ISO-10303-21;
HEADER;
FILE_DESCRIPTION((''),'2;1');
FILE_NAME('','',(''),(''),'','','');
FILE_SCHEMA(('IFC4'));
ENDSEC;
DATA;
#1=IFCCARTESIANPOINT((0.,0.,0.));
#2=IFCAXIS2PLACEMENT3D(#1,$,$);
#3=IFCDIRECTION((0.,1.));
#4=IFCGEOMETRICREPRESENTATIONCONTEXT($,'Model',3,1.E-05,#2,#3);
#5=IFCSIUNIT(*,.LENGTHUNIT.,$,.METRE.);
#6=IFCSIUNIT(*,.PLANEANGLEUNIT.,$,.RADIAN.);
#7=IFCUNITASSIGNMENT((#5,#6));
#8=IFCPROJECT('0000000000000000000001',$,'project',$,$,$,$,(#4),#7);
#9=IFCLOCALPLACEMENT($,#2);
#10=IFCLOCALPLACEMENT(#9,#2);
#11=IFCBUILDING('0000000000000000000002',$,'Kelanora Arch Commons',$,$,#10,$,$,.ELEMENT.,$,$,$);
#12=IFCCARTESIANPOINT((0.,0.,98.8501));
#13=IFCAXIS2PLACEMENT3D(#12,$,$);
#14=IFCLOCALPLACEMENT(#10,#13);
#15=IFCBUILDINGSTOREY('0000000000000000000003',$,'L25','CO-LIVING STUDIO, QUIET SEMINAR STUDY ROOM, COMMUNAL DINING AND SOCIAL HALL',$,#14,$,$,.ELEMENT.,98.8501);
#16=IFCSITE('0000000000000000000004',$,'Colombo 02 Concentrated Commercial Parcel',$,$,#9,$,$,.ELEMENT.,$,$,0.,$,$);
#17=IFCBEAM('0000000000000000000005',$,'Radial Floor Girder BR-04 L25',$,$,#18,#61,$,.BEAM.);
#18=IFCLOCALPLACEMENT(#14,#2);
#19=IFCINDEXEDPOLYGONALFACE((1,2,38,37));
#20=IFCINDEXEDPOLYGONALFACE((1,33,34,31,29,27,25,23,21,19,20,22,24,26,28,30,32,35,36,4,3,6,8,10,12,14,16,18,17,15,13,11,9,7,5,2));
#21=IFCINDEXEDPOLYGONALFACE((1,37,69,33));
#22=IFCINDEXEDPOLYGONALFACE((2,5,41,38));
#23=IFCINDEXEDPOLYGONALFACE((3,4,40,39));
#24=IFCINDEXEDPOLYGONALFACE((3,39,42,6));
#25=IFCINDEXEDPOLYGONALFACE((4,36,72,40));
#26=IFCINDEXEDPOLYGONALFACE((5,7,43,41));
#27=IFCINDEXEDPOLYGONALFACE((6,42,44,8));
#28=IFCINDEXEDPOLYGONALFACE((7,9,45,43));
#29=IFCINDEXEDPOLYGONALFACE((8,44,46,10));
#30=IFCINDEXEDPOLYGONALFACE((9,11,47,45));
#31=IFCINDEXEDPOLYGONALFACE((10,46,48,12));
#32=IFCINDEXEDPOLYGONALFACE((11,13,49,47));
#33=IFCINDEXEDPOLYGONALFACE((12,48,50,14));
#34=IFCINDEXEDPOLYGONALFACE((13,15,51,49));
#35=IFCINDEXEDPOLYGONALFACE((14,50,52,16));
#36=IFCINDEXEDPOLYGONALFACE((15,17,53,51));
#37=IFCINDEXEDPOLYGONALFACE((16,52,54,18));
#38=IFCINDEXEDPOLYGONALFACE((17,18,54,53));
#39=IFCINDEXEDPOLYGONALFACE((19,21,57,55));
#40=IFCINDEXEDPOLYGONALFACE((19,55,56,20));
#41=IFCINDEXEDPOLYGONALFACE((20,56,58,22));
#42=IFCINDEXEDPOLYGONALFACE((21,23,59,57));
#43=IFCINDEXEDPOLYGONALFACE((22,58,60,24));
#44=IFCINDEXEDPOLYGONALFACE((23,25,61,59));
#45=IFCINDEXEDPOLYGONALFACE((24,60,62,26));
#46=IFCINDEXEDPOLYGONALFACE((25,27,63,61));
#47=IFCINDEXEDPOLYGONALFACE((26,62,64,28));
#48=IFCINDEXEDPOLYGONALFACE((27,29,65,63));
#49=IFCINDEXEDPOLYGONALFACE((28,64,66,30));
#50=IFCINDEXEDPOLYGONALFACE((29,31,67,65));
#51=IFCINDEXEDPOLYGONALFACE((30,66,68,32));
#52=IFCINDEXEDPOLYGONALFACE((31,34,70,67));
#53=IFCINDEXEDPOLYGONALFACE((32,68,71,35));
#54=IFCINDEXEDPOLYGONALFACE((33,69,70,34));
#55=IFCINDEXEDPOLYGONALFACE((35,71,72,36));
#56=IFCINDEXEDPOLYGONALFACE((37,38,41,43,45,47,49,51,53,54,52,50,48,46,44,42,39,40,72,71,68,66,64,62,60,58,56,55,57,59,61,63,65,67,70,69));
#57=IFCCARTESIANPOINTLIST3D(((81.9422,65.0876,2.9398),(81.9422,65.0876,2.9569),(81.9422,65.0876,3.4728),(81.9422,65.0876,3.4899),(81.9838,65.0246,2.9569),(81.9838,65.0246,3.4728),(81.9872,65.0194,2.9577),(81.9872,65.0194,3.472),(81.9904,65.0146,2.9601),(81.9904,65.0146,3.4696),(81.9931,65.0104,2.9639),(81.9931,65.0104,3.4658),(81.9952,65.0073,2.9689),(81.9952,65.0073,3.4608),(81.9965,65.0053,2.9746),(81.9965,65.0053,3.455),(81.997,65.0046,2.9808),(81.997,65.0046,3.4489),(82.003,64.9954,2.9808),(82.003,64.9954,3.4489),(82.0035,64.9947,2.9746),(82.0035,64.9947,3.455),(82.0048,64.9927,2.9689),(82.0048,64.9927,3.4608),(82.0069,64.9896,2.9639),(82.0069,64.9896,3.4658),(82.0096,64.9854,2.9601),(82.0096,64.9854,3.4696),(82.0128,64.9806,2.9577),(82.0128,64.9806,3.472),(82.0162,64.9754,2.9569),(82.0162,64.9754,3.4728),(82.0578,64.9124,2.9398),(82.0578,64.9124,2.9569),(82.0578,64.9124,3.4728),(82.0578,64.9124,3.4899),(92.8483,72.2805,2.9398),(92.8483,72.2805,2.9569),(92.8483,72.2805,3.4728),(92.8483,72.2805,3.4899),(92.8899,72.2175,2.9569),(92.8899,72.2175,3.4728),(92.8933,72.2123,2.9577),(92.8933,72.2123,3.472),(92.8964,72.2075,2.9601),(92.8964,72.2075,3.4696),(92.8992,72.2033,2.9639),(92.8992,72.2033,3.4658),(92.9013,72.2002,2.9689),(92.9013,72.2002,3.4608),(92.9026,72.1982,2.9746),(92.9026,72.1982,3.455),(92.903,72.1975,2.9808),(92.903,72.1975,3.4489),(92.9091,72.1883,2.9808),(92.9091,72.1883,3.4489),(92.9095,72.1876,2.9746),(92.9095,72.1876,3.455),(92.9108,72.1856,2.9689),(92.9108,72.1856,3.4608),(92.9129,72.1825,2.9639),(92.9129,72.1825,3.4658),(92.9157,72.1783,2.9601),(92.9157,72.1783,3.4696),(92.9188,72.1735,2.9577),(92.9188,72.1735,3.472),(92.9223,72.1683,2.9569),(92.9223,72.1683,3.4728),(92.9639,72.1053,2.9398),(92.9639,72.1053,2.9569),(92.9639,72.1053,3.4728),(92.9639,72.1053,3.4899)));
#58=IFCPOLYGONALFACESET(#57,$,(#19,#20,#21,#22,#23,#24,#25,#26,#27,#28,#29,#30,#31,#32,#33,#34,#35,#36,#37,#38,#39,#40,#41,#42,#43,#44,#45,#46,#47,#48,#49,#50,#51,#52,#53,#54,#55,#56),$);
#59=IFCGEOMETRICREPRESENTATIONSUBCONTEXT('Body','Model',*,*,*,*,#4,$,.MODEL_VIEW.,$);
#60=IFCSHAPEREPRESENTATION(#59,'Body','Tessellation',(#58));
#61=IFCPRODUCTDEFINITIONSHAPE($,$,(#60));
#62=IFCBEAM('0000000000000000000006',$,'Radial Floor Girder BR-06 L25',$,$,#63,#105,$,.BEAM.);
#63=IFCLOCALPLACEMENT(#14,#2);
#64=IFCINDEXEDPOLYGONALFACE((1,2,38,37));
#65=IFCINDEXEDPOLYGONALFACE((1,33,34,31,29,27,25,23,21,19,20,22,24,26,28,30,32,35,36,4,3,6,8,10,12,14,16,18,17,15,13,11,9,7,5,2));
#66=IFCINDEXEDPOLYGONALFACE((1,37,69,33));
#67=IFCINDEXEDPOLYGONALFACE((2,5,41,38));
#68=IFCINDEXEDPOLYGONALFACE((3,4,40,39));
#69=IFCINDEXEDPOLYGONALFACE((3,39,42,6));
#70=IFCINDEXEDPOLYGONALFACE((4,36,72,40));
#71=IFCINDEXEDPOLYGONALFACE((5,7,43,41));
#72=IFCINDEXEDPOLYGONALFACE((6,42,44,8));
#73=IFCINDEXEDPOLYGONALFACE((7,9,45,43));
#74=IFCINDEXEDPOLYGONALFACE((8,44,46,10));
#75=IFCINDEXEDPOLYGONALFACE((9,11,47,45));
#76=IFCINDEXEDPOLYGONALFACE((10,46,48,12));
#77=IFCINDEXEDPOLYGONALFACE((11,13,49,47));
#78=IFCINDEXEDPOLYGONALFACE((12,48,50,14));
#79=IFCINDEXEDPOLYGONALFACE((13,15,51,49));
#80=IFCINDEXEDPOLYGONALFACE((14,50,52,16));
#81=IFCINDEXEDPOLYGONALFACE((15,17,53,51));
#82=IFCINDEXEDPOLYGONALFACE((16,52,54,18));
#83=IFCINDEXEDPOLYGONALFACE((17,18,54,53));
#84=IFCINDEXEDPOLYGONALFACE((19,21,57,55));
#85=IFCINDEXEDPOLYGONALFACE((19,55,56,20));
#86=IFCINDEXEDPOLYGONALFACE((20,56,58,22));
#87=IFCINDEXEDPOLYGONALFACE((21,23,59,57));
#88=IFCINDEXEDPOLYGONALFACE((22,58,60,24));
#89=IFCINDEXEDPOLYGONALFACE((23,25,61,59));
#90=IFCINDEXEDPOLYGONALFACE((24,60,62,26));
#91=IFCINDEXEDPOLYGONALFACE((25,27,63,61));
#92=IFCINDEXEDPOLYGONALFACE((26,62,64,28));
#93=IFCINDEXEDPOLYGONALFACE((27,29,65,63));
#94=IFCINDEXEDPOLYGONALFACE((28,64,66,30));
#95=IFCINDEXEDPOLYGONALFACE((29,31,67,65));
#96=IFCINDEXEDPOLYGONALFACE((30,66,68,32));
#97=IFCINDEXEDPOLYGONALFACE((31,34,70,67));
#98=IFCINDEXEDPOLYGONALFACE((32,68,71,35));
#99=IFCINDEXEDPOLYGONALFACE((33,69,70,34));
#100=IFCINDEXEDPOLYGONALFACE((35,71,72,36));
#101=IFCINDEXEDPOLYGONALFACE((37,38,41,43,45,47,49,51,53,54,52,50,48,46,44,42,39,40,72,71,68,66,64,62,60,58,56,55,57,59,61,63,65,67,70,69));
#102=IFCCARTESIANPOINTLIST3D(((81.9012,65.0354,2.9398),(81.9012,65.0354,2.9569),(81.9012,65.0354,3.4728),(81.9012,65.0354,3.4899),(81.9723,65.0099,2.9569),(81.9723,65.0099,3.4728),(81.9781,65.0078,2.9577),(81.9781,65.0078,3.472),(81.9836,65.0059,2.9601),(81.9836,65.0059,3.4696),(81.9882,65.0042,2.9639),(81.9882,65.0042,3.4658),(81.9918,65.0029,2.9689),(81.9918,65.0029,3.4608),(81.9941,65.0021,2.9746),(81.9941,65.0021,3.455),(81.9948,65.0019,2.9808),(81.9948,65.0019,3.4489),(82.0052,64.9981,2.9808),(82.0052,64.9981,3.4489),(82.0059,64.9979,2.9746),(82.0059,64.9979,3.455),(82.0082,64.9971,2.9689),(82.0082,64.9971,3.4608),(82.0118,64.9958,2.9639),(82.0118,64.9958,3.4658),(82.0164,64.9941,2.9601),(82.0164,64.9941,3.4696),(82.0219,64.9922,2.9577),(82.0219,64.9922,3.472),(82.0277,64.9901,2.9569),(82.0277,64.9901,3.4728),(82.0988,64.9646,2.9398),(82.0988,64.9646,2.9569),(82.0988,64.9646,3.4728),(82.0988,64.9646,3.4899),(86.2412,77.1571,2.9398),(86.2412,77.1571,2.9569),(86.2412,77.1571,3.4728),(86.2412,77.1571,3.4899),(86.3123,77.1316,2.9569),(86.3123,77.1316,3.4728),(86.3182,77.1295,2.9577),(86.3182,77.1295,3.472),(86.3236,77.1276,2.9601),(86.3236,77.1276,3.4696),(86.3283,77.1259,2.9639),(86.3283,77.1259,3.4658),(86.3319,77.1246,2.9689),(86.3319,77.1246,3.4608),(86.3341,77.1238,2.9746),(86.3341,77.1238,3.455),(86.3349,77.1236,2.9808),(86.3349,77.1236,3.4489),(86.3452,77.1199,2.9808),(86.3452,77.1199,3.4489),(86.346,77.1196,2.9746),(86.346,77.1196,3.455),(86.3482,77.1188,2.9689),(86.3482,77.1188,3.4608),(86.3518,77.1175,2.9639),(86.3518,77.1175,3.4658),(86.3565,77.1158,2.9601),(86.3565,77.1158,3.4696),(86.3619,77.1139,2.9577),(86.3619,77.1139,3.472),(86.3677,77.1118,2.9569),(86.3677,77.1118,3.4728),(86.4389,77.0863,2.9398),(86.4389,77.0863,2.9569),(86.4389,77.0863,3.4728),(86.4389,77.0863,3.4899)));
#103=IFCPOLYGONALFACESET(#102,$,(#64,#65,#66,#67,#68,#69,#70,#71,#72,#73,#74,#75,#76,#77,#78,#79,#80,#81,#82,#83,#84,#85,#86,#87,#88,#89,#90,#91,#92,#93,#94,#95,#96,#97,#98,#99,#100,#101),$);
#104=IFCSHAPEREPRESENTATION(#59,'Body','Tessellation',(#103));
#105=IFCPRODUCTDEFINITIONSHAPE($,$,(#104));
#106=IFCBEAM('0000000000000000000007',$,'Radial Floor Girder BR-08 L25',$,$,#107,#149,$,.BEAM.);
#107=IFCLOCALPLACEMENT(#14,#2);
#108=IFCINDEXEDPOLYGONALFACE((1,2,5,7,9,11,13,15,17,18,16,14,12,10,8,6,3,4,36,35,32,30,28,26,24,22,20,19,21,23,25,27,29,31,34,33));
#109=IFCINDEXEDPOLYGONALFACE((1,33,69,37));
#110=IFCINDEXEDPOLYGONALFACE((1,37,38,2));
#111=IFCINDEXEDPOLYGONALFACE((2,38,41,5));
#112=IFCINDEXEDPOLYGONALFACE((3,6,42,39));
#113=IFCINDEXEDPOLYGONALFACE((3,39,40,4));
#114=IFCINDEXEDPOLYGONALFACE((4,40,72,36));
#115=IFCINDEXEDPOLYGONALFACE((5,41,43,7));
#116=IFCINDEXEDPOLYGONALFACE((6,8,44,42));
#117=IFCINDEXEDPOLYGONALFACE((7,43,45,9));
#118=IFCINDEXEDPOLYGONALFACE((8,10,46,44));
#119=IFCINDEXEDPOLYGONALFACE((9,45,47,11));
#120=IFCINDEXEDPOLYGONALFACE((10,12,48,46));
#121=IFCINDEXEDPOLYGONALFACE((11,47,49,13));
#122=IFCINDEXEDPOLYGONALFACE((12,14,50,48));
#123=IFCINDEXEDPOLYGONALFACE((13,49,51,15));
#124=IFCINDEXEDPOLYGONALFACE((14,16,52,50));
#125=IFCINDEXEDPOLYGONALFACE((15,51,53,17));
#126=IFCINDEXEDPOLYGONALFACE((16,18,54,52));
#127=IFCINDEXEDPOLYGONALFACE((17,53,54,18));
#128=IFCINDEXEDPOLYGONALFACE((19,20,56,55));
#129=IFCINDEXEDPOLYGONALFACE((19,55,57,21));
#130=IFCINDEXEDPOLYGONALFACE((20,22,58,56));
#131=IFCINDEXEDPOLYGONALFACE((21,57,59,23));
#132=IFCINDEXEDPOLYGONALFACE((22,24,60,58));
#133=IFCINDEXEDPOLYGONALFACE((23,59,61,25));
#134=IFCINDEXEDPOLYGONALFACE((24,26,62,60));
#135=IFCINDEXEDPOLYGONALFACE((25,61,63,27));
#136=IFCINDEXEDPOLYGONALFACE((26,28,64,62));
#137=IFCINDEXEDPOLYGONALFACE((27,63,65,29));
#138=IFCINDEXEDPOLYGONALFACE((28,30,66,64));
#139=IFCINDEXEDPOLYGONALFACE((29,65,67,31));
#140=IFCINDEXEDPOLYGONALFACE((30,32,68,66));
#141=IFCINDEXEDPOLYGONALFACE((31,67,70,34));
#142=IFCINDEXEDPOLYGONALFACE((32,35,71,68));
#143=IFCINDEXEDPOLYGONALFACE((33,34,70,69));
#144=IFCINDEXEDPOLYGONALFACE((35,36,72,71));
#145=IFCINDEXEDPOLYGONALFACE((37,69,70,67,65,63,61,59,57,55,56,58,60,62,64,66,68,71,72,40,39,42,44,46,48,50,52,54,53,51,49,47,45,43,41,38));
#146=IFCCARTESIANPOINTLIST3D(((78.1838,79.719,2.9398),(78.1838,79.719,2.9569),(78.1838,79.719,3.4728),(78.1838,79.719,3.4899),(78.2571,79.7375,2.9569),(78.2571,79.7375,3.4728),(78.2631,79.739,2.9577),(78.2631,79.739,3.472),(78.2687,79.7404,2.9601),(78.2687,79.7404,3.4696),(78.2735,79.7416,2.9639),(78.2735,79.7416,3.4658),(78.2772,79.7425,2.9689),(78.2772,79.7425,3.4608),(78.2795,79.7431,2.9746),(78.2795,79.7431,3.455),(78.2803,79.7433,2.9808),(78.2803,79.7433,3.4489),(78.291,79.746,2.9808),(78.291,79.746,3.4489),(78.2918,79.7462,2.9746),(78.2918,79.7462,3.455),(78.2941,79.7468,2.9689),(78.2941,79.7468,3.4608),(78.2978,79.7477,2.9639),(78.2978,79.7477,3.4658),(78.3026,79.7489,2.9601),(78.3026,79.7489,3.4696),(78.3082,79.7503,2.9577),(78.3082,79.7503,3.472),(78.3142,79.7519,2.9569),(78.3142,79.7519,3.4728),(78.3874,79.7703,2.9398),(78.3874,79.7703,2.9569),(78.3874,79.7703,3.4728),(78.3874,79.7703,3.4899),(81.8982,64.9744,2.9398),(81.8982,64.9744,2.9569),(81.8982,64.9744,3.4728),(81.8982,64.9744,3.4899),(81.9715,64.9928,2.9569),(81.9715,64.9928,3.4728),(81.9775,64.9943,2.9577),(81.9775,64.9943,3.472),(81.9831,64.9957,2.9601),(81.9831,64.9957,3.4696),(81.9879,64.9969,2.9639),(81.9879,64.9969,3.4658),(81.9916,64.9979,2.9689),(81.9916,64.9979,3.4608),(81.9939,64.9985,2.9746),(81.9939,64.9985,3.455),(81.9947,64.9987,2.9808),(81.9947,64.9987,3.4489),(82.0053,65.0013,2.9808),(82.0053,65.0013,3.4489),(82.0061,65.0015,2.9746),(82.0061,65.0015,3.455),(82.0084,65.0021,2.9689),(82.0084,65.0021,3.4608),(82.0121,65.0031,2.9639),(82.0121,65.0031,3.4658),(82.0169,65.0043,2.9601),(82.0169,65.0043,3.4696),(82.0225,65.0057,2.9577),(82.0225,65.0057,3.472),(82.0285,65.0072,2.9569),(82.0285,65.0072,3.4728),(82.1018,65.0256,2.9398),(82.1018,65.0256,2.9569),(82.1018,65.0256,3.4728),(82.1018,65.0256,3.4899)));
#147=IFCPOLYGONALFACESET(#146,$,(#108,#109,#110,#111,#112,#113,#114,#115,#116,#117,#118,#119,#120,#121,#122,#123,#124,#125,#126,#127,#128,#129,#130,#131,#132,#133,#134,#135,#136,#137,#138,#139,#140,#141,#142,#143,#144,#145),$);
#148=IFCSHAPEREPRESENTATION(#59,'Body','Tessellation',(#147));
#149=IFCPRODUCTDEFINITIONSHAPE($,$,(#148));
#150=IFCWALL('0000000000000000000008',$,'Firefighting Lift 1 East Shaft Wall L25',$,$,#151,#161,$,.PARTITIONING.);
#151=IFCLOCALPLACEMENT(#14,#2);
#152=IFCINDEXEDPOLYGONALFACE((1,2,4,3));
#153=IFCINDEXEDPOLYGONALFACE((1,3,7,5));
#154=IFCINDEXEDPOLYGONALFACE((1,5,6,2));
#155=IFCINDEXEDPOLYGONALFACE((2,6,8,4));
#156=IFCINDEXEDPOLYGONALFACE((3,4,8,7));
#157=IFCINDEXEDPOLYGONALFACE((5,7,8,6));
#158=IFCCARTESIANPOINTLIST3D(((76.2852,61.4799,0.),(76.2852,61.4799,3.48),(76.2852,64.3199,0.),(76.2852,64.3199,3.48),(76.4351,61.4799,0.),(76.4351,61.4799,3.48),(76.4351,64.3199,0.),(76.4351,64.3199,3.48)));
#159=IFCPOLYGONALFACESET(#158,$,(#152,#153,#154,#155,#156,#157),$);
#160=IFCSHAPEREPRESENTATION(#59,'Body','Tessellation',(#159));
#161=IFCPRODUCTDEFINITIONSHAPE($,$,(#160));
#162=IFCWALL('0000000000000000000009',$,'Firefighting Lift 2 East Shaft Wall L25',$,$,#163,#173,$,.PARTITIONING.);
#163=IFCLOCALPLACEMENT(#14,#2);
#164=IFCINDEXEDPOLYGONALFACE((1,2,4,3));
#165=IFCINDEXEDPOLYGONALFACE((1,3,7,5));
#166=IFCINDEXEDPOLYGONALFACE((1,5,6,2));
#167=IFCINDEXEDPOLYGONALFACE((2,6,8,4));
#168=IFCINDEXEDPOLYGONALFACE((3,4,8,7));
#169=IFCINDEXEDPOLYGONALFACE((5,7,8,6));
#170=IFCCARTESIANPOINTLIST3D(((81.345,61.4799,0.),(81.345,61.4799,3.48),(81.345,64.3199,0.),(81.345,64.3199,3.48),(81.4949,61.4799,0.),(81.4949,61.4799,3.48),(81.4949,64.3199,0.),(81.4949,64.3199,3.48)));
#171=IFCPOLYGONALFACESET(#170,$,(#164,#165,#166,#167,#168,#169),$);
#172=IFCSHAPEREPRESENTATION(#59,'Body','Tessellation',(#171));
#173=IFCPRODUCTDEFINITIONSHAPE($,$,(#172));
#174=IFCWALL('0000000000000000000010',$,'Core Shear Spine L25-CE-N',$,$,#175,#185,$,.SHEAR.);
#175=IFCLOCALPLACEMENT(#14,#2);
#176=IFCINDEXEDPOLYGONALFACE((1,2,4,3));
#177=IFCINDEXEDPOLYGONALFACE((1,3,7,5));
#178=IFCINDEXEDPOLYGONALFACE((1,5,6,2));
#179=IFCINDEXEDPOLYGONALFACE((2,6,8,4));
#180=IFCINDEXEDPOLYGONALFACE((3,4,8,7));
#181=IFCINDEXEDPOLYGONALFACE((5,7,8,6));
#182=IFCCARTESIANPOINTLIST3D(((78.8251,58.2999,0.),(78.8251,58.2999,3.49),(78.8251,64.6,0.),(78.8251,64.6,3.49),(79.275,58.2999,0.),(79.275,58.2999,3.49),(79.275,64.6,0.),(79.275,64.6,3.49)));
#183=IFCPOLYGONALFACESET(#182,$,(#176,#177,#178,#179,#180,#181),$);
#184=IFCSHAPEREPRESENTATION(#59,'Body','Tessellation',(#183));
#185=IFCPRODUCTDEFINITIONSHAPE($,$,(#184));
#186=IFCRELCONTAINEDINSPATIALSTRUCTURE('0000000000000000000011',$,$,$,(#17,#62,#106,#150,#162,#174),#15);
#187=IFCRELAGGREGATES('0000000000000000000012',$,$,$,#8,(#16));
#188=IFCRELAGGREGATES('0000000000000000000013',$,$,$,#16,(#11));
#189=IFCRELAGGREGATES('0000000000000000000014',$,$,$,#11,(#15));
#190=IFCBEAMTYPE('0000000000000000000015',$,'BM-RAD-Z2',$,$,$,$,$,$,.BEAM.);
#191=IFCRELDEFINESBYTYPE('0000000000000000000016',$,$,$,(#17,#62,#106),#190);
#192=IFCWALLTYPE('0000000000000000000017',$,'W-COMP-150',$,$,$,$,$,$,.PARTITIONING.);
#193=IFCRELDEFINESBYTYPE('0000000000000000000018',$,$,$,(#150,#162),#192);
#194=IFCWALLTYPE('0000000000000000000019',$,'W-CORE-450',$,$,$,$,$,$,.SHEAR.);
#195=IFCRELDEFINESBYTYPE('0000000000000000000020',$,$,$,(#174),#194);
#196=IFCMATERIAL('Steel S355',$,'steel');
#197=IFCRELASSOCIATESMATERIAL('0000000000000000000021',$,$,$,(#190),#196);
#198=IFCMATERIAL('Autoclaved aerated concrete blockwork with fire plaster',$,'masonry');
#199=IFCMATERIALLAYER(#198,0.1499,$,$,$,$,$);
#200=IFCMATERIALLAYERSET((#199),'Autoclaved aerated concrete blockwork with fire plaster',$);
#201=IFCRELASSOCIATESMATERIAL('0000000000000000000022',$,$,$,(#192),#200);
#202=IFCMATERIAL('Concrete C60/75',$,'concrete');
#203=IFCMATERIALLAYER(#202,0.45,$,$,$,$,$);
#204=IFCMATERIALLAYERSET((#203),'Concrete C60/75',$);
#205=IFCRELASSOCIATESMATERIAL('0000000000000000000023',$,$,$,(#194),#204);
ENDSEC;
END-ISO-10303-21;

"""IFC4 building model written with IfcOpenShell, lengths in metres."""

from ifc_helpers import new_model, si_unit, direction, frame, frame_2d, origin, origin_2d, place, context, subcontext, project, spatial, rectangle, i_section, extrude, material, layer, layer_set, material_profile, profile_set, type_object, element, save


model = new_model("IFC4")

# Units and contexts
model_context = context("Model", 3, precision=1e-05, world=origin(), true_north=direction((0.0, 1.0)))
body_context = subcontext(model_context, "Body", "Model", "MODEL_VIEW")
ifc_project = project(units=[si_unit("LENGTHUNIT", "METRE"), si_unit("PLANEANGLEUNIT", "RADIAN")], contexts=[model_context])

# Site, building, storey
site_placement = place(None, origin())
site = spatial("IfcSite", under=ifc_project, at=site_placement, Name="Colombo 02 Concentrated Commercial Parcel", CompositionType="ELEMENT", RefElevation=0.0)
building_placement = place(site_placement, origin())
building = spatial("IfcBuilding", under=site, at=building_placement, Name="Kelanora Arch Commons", CompositionType="ELEMENT")
storey_placement = place(building_placement, frame((0.0, 0.0, 98.8501)))
storey = spatial("IfcBuildingStorey", under=building, at=storey_placement, Name="L25", Description="CO-LIVING STUDIO, QUIET SEMINAR STUDY ROOM, COMMUNAL DINING AND SOCIAL HALL", CompositionType="ELEMENT", Elevation=98.8501)

# Shared definitions
ifc_material_1 = material(Name="Concrete C60/75", Category="concrete")

# Beams
ifc_material_2 = material(Name="Steel S355", Category="steel")
ifc_material_profile_1 = material_profile(ifc_material_2, i_section(OverallWidth=0.21, OverallDepth=0.55, WebThickness=0.011, FlangeThickness=0.0171, FilletRadius=0.0239, at=origin_2d()), Name="IPE550")
ifc_profile_set_1 = profile_set([ifc_material_profile_1], Name="Steel S355")
beam_type_1 = type_object("IfcBeamType", Name="BM-RAD-Z2", PredefinedType="BEAM", material=ifc_profile_set_1)
beam_1_placement = place(storey_placement, frame((82.0, 65.0, 3.2148), z_axis=(0.834789, 0.550571, 0.0), x_axis=(-0.550571, 0.834789, 0.0)))
element("IfcBeam", 1, at=beam_1_placement, inside=storey, type_object=beam_type_1, Name="Radial Floor Girder BR-04 L25", PredefinedType="BEAM", context=body_context, shape_type="SweptSolid", body=[
    extrude(i_section(OverallWidth=0.21, OverallDepth=0.55, WebThickness=0.011, FlangeThickness=0.0171, FilletRadius=0.0239, at=origin_2d()), origin(), (0.0, 0.0, 1.0), 13.0645),
])
beam_2_placement = place(storey_placement, frame((82.0, 65.0, 3.2148), z_axis=(0.337085, 0.941474, 0.0), x_axis=(-0.941474, 0.337085, 0.0)))
element("IfcBeam", 2, at=beam_2_placement, inside=storey, type_object=beam_type_1, Name="Radial Floor Girder BR-06 L25", PredefinedType="BEAM", context=body_context, shape_type="SweptSolid", body=[
    extrude(i_section(OverallWidth=0.21, OverallDepth=0.55, WebThickness=0.011, FlangeThickness=0.0171, FilletRadius=0.0239, at=origin_2d()), origin(), (0.0, 0.0, 1.0), 12.8752),
])
beam_3_placement = place(storey_placement, frame((82.0, 65.0, 3.2148), z_axis=(-0.244281, 0.969705, 0.0), x_axis=(-0.969705, -0.244281, 0.0)))
element("IfcBeam", 3, at=beam_3_placement, inside=storey, type_object=beam_type_1, Name="Radial Floor Girder BR-08 L25", PredefinedType="BEAM", context=body_context, shape_type="SweptSolid", body=[
    extrude(i_section(OverallWidth=0.21, OverallDepth=0.55, WebThickness=0.011, FlangeThickness=0.0171, FilletRadius=0.0239, at=origin_2d()), origin(), (0.0, 0.0, 1.0), 15.2053),
])

# Walls
ifc_material_3 = material(Name="Autoclaved aerated concrete blockwork with fire plaster", Category="masonry")
ifc_layer_1 = layer(ifc_material_3, 0.1499)
ifc_layer_set_1 = layer_set([ifc_layer_1], Name="Autoclaved aerated concrete blockwork with fire plaster")
wall_type_1 = type_object("IfcWallType", Name="W-COMP-150", PredefinedType="PARTITIONING", material=ifc_layer_set_1)
for number, where, z_axis, x_axis, name in (
    (4, (76.3601, 61.48, 0.0), (0.0, 0.0, 1.0), (0.0, 1.0, 0.0), "Firefighting Lift 1 East Shaft Wall L25"),
    (5, (81.4199, 61.48, 0.0), (0.0, 0.0, 1.0), (0.0, 1.0, 0.0), "Firefighting Lift 2 East Shaft Wall L25"),
):
    element("IfcWall", number, at=place(storey_placement, frame(where, z_axis=z_axis, x_axis=x_axis)), inside=storey, type_object=wall_type_1, Name=name, PredefinedType="PARTITIONING", context=body_context, shape_type="SweptSolid", body=[
        extrude(rectangle(XDim=2.8401, YDim=0.1499, at=frame_2d((1.4199, 0.0))), origin(), (0.0, 0.0, 1.0), 3.48),
    ])
ifc_layer_2 = layer(ifc_material_1, 0.45)
ifc_layer_set_2 = layer_set([ifc_layer_2], Name="Concrete C60/75")
wall_type_2 = type_object("IfcWallType", Name="W-CORE-450", PredefinedType="SHEAR", material=ifc_layer_set_2)
wall_1_placement = place(storey_placement, frame((79.05, 58.3, 0.0), z_axis=(0.0, 0.0, 1.0), x_axis=(0.0, 1.0, 0.0)))
element("IfcWall", 6, at=wall_1_placement, inside=storey, type_object=wall_type_2, Name="Core Shear Spine L25-CE-N", PredefinedType="SHEAR", context=body_context, shape_type="SweptSolid", body=[
    extrude(rectangle(XDim=6.3, YDim=0.45, at=frame_2d((3.1499, 0.0))), origin(), (0.0, 0.0, 1.0), 3.49),
])

save(model, "model.ifc")
